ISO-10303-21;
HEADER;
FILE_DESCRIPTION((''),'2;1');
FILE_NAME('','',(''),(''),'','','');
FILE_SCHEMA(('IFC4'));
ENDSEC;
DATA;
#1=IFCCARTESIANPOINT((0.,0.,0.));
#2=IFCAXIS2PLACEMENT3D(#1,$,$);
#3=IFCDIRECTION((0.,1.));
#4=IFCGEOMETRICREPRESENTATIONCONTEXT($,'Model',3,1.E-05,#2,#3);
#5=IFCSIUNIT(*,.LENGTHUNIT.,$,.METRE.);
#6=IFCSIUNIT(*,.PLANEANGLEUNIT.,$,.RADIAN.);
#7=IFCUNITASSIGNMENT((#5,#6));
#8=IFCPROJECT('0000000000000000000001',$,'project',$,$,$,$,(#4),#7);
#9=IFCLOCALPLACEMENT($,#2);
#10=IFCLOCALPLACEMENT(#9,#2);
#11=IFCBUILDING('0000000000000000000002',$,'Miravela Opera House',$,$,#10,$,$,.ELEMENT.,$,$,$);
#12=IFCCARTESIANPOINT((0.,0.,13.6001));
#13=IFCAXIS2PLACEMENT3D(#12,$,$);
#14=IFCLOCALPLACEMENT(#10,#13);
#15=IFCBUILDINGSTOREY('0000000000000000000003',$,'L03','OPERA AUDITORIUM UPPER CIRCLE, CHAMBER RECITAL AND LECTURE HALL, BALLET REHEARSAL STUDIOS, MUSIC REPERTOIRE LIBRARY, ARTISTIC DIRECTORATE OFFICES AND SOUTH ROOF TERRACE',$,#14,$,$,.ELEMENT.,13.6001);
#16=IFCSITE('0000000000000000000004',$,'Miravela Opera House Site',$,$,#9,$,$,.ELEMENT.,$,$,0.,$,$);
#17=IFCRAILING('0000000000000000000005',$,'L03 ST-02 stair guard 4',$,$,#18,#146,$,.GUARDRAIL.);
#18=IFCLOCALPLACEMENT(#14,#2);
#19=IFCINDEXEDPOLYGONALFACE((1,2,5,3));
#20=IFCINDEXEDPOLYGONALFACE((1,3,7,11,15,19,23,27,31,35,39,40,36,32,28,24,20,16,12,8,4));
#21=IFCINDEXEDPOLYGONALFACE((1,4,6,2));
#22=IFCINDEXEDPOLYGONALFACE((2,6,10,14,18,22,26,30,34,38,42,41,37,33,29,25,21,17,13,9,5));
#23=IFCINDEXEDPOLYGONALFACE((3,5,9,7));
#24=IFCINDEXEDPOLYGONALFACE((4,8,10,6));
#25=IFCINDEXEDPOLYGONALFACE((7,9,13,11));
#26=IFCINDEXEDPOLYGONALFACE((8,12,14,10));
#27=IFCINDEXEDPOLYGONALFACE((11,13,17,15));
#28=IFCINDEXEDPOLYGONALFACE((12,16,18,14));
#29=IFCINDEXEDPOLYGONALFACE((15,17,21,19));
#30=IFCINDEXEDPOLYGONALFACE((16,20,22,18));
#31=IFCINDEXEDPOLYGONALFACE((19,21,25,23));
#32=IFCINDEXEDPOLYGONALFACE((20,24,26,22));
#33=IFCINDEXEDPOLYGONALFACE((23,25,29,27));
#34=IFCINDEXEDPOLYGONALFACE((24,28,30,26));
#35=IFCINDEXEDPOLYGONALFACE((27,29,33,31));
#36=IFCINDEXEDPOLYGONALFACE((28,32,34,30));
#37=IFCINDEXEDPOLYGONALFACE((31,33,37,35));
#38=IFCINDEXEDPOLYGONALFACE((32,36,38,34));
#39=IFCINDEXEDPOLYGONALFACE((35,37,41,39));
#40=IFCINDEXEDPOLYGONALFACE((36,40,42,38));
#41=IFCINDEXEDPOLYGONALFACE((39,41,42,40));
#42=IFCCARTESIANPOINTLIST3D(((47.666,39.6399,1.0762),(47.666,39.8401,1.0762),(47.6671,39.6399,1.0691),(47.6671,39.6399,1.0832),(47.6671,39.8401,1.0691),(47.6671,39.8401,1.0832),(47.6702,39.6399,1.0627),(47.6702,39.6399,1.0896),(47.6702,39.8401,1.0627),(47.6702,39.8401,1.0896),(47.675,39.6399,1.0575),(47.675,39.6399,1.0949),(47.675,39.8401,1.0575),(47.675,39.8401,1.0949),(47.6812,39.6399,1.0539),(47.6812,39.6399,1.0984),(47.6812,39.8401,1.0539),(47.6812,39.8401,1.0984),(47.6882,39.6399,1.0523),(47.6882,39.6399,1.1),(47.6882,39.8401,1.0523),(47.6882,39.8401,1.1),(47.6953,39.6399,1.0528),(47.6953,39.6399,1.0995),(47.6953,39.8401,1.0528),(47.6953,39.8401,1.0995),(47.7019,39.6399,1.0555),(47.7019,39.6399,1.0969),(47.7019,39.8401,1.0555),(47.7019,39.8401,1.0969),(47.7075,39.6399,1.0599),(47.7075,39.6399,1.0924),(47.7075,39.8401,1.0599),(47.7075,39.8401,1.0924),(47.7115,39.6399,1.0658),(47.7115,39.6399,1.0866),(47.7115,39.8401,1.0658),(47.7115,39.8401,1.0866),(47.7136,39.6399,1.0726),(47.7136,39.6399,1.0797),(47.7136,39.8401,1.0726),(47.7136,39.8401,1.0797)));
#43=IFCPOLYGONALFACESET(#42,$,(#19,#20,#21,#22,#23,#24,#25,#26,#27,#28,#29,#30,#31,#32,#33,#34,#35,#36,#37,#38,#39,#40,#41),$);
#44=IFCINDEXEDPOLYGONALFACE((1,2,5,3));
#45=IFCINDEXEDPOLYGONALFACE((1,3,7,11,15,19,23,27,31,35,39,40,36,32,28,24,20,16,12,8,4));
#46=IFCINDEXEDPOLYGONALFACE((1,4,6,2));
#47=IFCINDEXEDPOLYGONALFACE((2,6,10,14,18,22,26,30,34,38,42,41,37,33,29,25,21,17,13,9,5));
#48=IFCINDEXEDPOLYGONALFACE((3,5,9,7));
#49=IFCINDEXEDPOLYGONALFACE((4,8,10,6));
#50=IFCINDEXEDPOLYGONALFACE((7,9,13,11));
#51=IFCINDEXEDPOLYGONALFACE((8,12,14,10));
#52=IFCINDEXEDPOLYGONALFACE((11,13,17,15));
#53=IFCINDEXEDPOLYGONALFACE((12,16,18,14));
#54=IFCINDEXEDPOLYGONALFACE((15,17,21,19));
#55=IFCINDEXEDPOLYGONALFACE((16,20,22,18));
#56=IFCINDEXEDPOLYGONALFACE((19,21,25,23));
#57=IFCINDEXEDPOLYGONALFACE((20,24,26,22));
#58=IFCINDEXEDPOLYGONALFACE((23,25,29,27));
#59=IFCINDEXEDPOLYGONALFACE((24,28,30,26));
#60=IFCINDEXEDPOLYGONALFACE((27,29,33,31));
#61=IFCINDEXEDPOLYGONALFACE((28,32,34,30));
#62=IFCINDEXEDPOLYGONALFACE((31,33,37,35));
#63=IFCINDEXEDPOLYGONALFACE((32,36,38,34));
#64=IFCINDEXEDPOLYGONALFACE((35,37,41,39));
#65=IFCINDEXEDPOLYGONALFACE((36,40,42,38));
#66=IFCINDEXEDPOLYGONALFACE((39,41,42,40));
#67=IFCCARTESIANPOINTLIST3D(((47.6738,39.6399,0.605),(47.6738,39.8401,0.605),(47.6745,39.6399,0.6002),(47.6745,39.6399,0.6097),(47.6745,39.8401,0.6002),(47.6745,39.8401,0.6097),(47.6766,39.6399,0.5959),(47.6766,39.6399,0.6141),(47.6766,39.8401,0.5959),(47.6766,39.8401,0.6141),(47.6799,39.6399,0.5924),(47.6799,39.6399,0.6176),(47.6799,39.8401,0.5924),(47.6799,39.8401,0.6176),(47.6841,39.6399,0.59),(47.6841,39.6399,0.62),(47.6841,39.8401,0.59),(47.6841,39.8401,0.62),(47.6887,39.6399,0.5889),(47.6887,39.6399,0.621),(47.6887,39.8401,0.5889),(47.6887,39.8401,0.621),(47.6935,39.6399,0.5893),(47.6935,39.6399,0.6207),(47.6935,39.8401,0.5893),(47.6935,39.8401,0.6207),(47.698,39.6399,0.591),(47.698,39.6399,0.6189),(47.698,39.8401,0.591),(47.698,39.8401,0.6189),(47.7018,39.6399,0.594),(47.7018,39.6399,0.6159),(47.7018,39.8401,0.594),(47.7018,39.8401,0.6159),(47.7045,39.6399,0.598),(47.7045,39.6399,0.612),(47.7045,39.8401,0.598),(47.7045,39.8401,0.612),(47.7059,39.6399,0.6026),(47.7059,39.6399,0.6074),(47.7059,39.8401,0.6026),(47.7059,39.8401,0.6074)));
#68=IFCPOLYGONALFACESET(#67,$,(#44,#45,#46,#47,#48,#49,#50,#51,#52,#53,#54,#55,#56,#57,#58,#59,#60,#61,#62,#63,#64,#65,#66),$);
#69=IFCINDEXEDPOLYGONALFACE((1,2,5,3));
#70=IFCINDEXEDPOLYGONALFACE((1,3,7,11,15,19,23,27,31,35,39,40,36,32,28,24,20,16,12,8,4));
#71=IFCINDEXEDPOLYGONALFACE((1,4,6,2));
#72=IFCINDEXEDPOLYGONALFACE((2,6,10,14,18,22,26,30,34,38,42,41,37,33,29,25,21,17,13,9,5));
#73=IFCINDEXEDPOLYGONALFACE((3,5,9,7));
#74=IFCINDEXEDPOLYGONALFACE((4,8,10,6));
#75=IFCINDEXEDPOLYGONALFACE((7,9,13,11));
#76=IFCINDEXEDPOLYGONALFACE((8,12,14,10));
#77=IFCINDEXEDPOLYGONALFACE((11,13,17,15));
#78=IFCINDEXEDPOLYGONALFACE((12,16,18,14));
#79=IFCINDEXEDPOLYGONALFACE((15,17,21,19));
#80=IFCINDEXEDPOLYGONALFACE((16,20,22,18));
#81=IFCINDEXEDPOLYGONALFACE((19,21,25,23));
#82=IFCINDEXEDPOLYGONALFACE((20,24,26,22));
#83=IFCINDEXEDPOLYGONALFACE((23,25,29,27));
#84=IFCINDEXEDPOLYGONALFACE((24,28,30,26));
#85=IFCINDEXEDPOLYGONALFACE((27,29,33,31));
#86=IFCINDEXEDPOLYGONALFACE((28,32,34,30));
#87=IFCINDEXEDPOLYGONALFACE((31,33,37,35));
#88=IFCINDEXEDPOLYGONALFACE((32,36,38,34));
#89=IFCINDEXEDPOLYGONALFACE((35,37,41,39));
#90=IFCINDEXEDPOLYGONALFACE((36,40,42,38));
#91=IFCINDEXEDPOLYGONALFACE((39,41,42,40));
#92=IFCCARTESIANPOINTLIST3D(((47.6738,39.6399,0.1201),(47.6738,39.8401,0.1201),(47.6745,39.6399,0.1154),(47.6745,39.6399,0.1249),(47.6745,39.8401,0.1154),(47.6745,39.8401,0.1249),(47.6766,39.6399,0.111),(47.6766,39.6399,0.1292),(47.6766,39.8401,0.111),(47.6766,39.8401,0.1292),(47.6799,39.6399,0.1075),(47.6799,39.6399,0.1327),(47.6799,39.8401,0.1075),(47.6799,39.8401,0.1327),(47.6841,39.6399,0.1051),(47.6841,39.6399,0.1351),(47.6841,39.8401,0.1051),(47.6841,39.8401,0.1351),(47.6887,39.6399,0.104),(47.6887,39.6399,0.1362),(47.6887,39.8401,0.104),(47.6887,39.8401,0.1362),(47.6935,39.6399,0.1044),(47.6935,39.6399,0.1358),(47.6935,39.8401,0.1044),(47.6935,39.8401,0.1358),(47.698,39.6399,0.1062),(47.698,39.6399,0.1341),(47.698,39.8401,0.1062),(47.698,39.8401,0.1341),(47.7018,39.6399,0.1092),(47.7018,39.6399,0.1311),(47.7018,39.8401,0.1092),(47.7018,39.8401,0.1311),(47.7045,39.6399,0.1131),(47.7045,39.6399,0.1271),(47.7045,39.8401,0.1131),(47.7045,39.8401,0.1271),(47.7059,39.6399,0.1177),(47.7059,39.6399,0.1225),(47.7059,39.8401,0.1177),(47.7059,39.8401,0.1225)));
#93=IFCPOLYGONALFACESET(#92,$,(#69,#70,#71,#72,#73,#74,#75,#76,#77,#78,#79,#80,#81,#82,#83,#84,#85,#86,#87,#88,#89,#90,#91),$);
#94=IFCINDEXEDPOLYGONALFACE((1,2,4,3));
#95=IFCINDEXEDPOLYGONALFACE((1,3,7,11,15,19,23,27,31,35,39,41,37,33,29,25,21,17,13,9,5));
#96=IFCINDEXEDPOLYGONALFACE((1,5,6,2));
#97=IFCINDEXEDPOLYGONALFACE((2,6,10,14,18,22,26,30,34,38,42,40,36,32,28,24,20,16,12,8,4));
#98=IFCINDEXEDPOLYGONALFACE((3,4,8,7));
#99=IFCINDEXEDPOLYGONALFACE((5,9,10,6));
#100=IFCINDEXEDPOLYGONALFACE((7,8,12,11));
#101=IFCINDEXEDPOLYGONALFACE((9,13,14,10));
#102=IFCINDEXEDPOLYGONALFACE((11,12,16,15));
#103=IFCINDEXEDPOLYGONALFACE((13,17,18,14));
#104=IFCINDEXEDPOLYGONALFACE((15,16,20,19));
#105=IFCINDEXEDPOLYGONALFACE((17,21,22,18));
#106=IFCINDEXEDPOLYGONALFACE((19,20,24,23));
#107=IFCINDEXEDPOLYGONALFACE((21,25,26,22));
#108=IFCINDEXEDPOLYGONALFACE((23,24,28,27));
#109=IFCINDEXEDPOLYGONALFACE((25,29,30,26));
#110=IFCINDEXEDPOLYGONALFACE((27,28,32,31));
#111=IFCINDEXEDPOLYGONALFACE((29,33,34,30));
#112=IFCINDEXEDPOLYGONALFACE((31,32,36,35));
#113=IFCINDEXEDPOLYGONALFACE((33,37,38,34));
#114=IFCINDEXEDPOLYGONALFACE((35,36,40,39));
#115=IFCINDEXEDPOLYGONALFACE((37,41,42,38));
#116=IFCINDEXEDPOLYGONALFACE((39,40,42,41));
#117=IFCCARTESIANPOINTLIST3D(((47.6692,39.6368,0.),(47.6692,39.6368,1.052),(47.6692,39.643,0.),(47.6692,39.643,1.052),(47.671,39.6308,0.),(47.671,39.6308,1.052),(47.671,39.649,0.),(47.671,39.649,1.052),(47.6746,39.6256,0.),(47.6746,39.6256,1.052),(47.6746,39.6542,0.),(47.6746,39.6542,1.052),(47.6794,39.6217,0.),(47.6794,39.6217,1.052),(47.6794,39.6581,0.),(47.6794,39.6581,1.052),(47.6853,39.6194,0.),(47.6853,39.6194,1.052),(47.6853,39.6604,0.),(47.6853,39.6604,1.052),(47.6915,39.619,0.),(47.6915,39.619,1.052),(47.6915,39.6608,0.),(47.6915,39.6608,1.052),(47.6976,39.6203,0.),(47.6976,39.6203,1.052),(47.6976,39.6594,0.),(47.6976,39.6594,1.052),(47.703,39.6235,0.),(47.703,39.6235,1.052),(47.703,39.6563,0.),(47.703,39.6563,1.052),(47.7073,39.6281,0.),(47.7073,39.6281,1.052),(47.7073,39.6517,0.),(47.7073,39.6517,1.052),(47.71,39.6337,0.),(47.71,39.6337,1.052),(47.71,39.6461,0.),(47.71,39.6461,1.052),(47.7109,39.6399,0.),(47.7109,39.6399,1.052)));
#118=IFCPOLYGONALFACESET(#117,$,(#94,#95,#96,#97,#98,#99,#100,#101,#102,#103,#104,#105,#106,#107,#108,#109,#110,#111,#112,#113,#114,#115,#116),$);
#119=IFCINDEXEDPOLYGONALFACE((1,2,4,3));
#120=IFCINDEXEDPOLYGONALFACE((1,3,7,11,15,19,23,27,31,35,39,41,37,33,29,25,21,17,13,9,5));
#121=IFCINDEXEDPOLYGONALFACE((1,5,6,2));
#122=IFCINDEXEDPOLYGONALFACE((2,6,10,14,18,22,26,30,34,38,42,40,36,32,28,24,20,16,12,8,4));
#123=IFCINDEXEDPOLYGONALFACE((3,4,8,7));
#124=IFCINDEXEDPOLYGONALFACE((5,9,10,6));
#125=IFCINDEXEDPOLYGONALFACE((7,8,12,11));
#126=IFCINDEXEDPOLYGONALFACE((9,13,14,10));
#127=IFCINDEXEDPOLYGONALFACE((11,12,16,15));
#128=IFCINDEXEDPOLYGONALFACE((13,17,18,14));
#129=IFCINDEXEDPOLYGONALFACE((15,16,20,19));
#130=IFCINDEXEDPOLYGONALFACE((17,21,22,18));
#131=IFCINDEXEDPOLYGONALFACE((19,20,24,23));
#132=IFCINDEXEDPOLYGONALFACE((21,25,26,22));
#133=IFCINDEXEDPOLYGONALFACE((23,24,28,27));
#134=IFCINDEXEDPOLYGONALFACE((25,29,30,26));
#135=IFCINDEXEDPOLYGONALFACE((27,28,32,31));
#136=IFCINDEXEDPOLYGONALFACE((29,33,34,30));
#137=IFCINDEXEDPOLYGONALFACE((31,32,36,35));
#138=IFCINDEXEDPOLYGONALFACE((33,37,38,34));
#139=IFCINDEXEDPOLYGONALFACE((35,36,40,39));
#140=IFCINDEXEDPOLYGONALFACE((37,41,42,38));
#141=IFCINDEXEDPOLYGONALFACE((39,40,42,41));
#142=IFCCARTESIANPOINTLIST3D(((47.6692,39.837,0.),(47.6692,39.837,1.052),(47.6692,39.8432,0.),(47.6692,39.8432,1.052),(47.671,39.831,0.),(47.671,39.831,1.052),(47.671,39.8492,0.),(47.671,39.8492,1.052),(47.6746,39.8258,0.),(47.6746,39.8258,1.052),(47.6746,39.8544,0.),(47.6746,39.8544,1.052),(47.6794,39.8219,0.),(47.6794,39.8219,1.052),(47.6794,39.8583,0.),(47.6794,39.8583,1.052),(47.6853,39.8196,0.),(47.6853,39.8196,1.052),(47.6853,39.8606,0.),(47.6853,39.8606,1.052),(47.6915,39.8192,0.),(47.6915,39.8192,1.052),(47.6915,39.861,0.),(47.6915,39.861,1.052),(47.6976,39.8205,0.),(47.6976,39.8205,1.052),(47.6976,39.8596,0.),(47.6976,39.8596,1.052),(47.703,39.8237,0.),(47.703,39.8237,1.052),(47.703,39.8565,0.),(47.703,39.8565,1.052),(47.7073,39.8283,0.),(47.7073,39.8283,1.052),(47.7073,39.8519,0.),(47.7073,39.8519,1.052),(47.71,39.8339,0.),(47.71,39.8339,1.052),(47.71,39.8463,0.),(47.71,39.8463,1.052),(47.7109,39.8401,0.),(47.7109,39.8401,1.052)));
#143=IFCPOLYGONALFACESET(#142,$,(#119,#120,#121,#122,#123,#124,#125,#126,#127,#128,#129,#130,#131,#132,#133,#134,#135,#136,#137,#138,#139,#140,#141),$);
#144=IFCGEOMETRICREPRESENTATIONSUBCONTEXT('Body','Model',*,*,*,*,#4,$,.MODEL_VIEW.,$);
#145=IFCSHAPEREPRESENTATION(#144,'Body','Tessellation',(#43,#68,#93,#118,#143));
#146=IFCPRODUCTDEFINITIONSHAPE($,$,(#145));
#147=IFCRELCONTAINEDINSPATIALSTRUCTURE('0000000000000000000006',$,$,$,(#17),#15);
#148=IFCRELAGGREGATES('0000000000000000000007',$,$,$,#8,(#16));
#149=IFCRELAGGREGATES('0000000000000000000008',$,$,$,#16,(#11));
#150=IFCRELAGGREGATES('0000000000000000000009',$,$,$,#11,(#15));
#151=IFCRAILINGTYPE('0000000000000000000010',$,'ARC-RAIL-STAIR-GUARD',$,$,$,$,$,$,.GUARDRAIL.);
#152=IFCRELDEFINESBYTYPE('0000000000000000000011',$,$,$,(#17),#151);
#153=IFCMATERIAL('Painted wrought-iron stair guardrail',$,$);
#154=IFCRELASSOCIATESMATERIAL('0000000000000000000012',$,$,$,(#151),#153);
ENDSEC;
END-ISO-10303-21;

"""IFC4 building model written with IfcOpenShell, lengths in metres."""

from ifc_helpers import new_model, si_unit, direction, frame, origin, origin_2d, place, context, subcontext, project, spatial, circle, extrude, material, type_object, element, save


model = new_model("IFC4")

# Units and contexts
model_context = context("Model", 3, precision=1e-05, world=origin(), true_north=direction((0.0, 1.0)))
body_context = subcontext(model_context, "Body", "Model", "MODEL_VIEW")
ifc_project = project(units=[si_unit("LENGTHUNIT", "METRE"), si_unit("PLANEANGLEUNIT", "RADIAN")], contexts=[model_context])

# Site, building, storey
site_placement = place(None, origin())
site = spatial("IfcSite", under=ifc_project, at=site_placement, Name="Miravela Opera House Site", CompositionType="ELEMENT", RefElevation=0.0)
building_placement = place(site_placement, origin())
building = spatial("IfcBuilding", under=site, at=building_placement, Name="Miravela Opera House", CompositionType="ELEMENT")
storey_placement = place(building_placement, frame((0.0, 0.0, 13.6001)))
storey = spatial("IfcBuildingStorey", under=building, at=storey_placement, Name="L03", Description="OPERA AUDITORIUM UPPER CIRCLE, CHAMBER RECITAL AND LECTURE HALL, BALLET REHEARSAL STUDIOS, MUSIC REPERTOIRE LIBRARY, ARTISTIC DIRECTORATE OFFICES AND SOUTH ROOF TERRACE", CompositionType="ELEMENT", Elevation=13.6001)

# Railing
ifc_material_1 = material(Name="Painted wrought-iron stair guardrail")
railing_type_1 = type_object("IfcRailingType", Name="ARC-RAIL-STAIR-GUARD", PredefinedType="GUARDRAIL", material=ifc_material_1)
railing_1_placement = place(storey_placement, frame((47.6899, 39.6399, 0.0)))
element("IfcRailing", 1, at=railing_1_placement, inside=storey, type_object=railing_type_1, Name="L03 ST-02 stair guard 4", PredefinedType="GUARDRAIL", context=body_context, shape_type="SweptSolid", body=[
    extrude(circle(Radius=0.0239, at=origin_2d()), frame((0.0, 0.0, 1.0762), z_axis=(0.0, 1.0, 0.0), x_axis=(-1.0, 0.0, 0.0)), (0.0, 0.0, 1.0), 0.2002),
    extrude(circle(Radius=0.0161, at=origin_2d()), frame((0.0, 0.0, 0.605), z_axis=(0.0, 1.0, 0.0), x_axis=(-1.0, 0.0, 0.0)), (0.0, 0.0, 1.0), 0.2002),
    extrude(circle(Radius=0.0161, at=origin_2d()), frame((0.0, 0.0, 0.1201), z_axis=(0.0, 1.0, 0.0), x_axis=(-1.0, 0.0, 0.0)), (0.0, 0.0, 1.0), 0.2002),
    extrude(circle(Radius=0.021, at=origin_2d()), origin(), (0.0, 0.0, 1.0), 1.052),
    extrude(circle(Radius=0.021, at=origin_2d()), frame((0.0, 0.2002, 0.0)), (0.0, 0.0, 1.0), 1.052),
])

save(model, "model.ifc")
